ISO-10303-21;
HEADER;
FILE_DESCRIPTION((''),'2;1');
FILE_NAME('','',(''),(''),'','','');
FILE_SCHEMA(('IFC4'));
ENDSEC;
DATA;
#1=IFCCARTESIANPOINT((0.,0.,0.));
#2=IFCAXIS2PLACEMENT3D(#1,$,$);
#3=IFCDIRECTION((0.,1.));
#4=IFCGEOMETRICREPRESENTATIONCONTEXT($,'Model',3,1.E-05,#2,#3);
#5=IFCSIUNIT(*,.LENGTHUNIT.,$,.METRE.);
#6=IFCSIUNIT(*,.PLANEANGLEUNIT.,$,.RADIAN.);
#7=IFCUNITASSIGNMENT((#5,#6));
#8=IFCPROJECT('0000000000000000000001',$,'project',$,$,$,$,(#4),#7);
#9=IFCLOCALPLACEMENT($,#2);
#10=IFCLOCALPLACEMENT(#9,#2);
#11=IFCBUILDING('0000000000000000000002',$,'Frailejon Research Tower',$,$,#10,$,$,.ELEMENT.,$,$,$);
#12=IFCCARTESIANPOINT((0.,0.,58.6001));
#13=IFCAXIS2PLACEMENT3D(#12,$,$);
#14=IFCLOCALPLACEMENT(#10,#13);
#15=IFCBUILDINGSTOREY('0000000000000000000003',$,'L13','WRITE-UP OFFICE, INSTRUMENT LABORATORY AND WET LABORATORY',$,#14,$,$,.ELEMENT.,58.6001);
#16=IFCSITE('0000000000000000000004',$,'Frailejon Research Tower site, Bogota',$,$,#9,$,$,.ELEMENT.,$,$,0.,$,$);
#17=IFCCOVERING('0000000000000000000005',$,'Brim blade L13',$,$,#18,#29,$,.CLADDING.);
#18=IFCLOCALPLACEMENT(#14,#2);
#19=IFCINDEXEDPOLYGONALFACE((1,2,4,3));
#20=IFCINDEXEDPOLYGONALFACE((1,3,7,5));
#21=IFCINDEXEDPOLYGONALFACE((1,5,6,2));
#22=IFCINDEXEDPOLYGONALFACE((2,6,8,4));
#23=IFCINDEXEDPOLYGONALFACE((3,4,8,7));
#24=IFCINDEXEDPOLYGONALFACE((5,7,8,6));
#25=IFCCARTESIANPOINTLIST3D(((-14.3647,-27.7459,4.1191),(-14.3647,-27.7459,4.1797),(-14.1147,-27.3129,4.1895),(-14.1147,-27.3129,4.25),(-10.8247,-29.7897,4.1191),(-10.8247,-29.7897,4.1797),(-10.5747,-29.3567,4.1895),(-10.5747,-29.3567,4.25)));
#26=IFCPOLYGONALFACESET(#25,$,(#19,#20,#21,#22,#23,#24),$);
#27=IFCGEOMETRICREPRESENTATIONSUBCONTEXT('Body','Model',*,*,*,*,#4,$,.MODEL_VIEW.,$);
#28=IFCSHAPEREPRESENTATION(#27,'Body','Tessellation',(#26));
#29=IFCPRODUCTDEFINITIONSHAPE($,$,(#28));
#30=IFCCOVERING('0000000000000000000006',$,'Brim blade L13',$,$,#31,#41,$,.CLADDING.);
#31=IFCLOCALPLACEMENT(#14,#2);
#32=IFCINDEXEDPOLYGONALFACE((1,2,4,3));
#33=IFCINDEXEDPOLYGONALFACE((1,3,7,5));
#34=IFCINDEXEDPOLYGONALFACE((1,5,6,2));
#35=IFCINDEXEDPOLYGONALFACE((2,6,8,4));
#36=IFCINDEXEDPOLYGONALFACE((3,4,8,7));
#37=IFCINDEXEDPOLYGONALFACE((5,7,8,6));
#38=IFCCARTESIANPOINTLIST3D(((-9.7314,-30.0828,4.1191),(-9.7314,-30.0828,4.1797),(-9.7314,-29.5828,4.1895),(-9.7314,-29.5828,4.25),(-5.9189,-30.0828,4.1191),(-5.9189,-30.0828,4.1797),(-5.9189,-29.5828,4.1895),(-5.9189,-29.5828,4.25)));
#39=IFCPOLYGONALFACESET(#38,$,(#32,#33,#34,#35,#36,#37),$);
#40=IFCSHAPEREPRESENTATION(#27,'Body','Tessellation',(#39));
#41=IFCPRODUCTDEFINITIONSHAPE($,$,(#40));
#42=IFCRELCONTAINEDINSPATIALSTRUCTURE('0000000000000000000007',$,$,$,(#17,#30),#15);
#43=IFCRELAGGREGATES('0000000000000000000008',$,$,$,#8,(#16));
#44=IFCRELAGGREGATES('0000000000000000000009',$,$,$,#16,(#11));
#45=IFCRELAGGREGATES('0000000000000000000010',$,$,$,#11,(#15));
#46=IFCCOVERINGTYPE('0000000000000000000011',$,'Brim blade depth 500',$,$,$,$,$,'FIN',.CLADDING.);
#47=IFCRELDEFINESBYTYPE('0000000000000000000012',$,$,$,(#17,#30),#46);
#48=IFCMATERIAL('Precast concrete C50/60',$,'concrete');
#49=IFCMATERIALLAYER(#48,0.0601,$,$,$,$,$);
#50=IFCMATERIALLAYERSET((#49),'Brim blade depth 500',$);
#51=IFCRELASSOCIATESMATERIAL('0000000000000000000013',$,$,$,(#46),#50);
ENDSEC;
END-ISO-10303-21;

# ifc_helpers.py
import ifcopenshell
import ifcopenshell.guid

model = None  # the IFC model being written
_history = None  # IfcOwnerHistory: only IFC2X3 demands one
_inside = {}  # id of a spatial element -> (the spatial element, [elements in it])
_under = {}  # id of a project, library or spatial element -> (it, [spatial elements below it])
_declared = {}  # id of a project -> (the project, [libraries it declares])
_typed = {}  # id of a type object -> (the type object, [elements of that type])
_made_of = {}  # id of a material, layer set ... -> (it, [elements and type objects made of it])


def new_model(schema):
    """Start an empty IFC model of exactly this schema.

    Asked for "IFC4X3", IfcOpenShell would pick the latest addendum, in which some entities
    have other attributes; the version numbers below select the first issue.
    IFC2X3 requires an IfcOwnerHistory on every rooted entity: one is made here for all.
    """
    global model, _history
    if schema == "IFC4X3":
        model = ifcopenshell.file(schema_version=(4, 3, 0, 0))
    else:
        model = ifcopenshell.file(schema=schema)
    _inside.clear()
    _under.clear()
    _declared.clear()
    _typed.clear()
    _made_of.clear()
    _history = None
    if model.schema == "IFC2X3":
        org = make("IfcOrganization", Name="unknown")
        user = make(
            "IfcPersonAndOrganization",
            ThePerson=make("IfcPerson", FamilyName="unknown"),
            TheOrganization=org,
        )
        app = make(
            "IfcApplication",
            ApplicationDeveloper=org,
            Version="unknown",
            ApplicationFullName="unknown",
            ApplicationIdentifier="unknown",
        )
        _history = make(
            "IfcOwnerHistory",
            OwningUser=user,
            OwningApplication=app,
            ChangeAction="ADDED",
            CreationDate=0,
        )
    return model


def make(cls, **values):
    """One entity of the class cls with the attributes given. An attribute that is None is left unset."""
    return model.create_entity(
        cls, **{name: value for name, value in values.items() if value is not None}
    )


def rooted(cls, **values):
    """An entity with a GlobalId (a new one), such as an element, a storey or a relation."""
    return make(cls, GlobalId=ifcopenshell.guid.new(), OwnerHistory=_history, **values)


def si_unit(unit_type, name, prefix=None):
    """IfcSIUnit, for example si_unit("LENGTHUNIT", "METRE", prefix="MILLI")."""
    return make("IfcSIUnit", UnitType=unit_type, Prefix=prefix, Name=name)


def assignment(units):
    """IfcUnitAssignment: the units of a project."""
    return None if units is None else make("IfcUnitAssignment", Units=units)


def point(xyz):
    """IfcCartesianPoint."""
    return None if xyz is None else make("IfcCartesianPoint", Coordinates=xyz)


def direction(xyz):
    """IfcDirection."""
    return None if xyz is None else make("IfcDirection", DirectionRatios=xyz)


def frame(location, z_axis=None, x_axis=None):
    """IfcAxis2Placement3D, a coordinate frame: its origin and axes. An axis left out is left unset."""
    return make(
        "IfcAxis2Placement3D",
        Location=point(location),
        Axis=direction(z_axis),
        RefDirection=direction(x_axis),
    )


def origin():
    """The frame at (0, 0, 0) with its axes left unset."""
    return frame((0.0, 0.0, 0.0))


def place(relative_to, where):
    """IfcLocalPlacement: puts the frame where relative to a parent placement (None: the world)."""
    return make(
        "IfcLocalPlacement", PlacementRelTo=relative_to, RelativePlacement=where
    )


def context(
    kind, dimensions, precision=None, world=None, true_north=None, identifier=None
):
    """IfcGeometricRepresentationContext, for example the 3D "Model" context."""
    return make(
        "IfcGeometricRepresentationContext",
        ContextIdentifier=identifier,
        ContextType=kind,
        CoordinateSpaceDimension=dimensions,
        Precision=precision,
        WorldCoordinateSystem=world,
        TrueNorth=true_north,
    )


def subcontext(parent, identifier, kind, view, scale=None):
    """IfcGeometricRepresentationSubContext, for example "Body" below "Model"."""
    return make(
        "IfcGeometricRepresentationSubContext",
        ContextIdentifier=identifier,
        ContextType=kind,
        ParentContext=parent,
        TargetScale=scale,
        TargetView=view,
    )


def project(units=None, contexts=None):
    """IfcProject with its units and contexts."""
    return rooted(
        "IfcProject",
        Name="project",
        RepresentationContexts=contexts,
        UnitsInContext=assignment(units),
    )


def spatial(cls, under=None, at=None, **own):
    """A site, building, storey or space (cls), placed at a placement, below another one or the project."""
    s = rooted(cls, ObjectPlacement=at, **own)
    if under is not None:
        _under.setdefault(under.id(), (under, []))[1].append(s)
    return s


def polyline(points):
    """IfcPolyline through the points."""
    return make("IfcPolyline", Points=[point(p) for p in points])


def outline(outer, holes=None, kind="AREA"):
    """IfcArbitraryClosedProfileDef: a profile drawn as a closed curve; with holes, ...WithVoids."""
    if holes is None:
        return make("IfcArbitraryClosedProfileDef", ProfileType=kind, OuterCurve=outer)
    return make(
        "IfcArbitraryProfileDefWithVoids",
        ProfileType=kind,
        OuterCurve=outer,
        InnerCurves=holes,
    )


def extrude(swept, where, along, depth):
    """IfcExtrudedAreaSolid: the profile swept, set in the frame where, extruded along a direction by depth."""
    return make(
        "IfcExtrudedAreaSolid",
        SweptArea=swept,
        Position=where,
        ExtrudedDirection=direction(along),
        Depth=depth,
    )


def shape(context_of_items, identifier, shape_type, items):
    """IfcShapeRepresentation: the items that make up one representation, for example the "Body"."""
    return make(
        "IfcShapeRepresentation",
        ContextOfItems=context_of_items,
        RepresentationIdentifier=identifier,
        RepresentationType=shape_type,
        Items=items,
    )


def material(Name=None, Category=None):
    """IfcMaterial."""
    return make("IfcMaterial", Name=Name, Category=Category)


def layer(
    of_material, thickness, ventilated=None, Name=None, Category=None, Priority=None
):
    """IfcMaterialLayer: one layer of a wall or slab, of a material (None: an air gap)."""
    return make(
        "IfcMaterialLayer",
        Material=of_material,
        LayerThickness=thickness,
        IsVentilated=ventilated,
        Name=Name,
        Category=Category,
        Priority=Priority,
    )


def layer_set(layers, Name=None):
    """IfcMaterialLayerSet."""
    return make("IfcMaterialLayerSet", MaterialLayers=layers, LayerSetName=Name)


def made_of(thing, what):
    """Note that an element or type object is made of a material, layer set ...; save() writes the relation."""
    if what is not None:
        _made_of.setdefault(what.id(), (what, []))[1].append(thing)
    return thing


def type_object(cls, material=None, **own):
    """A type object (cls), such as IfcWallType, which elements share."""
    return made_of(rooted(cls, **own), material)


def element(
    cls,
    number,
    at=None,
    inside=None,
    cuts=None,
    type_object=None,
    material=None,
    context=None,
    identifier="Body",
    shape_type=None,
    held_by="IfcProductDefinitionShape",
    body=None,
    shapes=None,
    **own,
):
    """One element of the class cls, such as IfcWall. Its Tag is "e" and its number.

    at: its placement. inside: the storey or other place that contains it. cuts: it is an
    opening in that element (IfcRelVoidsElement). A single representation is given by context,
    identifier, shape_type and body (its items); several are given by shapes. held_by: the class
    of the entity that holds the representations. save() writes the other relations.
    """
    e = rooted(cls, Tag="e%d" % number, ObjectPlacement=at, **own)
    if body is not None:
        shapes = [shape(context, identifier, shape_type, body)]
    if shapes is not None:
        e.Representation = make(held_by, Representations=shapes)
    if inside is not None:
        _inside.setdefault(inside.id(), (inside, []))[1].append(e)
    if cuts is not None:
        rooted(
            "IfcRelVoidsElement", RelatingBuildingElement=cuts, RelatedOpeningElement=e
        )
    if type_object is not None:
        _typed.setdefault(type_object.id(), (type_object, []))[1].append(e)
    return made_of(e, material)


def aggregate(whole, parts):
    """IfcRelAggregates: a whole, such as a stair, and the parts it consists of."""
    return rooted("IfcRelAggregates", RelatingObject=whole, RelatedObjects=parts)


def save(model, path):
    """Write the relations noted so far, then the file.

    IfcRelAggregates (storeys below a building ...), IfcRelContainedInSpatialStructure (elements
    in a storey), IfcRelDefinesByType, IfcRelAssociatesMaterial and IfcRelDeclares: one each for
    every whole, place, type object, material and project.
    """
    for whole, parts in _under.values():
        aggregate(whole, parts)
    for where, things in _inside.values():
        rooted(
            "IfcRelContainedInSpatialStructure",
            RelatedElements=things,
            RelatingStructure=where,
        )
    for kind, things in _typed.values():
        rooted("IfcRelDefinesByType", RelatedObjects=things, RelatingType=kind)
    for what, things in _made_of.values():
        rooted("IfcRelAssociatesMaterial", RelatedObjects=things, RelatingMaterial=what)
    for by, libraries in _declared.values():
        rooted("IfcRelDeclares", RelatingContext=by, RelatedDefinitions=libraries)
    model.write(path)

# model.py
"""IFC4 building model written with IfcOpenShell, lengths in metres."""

from ifc_helpers import new_model, si_unit, direction, frame, origin, place, context, subcontext, project, spatial, polyline, outline, extrude, material, layer, layer_set, type_object, element, save


model = new_model("IFC4")

# Units and contexts
model_context = context("Model", 3, precision=1e-05, world=origin(), true_north=direction((0.0, 1.0)))
body_context = subcontext(model_context, "Body", "Model", "MODEL_VIEW")
ifc_project = project(units=[si_unit("LENGTHUNIT", "METRE"), si_unit("PLANEANGLEUNIT", "RADIAN")], contexts=[model_context])

# Site, building, storey
site_placement = place(None, origin())
site = spatial("IfcSite", under=ifc_project, at=site_placement, Name="Frailejon Research Tower site, Bogota", CompositionType="ELEMENT", RefElevation=0.0)
building_placement = place(site_placement, origin())
building = spatial("IfcBuilding", under=site, at=building_placement, Name="Frailejon Research Tower", CompositionType="ELEMENT")
storey_placement = place(building_placement, frame((0.0, 0.0, 58.6001)))
storey = spatial("IfcBuildingStorey", under=building, at=storey_placement, Name="L13", Description="WRITE-UP OFFICE, INSTRUMENT LABORATORY AND WET LABORATORY", CompositionType="ELEMENT", Elevation=58.6001)

# Coverings
ifc_material_1 = material(Name="Precast concrete C50/60", Category="concrete")
ifc_layer_1 = layer(ifc_material_1, 0.0601)
ifc_layer_set_1 = layer_set([ifc_layer_1], Name="Brim blade depth 500")
covering_type_1 = type_object("IfcCoveringType", Name="Brim blade depth 500", ElementType="FIN", PredefinedType="CLADDING", material=ifc_layer_set_1)
covering_1_placement = place(storey_placement, frame((-10.5747, -29.3567, 4.25), z_axis=(-0.866027, 0.499997, 0.0), x_axis=(-0.499997, -0.866027, 0.0)))
element("IfcCovering", 1, at=covering_1_placement, inside=storey, type_object=covering_type_1, Name="Brim blade L13", PredefinedType="CLADDING", context=body_context, shape_type="SweptSolid", body=[
    extrude(outline(polyline([(0.0, -0.0605), (0.5, -0.1309), (0.5, -0.0703), (0.0, 0.0), (0.0, -0.0605)])), origin(), (0.0, 0.0, 1.0), 4.0876),
])
covering_2_placement = place(storey_placement, frame((-5.9189, -29.5828, 4.25), z_axis=(-1.0, 0.0, 0.0), x_axis=(0.0, -1.0, 0.0)))
element("IfcCovering", 2, at=covering_2_placement, inside=storey, type_object=covering_type_1, Name="Brim blade L13", PredefinedType="CLADDING", context=body_context, shape_type="SweptSolid", body=[
    extrude(outline(polyline([(0.0, -0.0605), (0.5, -0.1309), (0.5, -0.0703), (0.0, 0.0), (0.0, -0.0605)])), origin(), (0.0, 0.0, 1.0), 3.8125),
])

save(model, "model.ifc")
